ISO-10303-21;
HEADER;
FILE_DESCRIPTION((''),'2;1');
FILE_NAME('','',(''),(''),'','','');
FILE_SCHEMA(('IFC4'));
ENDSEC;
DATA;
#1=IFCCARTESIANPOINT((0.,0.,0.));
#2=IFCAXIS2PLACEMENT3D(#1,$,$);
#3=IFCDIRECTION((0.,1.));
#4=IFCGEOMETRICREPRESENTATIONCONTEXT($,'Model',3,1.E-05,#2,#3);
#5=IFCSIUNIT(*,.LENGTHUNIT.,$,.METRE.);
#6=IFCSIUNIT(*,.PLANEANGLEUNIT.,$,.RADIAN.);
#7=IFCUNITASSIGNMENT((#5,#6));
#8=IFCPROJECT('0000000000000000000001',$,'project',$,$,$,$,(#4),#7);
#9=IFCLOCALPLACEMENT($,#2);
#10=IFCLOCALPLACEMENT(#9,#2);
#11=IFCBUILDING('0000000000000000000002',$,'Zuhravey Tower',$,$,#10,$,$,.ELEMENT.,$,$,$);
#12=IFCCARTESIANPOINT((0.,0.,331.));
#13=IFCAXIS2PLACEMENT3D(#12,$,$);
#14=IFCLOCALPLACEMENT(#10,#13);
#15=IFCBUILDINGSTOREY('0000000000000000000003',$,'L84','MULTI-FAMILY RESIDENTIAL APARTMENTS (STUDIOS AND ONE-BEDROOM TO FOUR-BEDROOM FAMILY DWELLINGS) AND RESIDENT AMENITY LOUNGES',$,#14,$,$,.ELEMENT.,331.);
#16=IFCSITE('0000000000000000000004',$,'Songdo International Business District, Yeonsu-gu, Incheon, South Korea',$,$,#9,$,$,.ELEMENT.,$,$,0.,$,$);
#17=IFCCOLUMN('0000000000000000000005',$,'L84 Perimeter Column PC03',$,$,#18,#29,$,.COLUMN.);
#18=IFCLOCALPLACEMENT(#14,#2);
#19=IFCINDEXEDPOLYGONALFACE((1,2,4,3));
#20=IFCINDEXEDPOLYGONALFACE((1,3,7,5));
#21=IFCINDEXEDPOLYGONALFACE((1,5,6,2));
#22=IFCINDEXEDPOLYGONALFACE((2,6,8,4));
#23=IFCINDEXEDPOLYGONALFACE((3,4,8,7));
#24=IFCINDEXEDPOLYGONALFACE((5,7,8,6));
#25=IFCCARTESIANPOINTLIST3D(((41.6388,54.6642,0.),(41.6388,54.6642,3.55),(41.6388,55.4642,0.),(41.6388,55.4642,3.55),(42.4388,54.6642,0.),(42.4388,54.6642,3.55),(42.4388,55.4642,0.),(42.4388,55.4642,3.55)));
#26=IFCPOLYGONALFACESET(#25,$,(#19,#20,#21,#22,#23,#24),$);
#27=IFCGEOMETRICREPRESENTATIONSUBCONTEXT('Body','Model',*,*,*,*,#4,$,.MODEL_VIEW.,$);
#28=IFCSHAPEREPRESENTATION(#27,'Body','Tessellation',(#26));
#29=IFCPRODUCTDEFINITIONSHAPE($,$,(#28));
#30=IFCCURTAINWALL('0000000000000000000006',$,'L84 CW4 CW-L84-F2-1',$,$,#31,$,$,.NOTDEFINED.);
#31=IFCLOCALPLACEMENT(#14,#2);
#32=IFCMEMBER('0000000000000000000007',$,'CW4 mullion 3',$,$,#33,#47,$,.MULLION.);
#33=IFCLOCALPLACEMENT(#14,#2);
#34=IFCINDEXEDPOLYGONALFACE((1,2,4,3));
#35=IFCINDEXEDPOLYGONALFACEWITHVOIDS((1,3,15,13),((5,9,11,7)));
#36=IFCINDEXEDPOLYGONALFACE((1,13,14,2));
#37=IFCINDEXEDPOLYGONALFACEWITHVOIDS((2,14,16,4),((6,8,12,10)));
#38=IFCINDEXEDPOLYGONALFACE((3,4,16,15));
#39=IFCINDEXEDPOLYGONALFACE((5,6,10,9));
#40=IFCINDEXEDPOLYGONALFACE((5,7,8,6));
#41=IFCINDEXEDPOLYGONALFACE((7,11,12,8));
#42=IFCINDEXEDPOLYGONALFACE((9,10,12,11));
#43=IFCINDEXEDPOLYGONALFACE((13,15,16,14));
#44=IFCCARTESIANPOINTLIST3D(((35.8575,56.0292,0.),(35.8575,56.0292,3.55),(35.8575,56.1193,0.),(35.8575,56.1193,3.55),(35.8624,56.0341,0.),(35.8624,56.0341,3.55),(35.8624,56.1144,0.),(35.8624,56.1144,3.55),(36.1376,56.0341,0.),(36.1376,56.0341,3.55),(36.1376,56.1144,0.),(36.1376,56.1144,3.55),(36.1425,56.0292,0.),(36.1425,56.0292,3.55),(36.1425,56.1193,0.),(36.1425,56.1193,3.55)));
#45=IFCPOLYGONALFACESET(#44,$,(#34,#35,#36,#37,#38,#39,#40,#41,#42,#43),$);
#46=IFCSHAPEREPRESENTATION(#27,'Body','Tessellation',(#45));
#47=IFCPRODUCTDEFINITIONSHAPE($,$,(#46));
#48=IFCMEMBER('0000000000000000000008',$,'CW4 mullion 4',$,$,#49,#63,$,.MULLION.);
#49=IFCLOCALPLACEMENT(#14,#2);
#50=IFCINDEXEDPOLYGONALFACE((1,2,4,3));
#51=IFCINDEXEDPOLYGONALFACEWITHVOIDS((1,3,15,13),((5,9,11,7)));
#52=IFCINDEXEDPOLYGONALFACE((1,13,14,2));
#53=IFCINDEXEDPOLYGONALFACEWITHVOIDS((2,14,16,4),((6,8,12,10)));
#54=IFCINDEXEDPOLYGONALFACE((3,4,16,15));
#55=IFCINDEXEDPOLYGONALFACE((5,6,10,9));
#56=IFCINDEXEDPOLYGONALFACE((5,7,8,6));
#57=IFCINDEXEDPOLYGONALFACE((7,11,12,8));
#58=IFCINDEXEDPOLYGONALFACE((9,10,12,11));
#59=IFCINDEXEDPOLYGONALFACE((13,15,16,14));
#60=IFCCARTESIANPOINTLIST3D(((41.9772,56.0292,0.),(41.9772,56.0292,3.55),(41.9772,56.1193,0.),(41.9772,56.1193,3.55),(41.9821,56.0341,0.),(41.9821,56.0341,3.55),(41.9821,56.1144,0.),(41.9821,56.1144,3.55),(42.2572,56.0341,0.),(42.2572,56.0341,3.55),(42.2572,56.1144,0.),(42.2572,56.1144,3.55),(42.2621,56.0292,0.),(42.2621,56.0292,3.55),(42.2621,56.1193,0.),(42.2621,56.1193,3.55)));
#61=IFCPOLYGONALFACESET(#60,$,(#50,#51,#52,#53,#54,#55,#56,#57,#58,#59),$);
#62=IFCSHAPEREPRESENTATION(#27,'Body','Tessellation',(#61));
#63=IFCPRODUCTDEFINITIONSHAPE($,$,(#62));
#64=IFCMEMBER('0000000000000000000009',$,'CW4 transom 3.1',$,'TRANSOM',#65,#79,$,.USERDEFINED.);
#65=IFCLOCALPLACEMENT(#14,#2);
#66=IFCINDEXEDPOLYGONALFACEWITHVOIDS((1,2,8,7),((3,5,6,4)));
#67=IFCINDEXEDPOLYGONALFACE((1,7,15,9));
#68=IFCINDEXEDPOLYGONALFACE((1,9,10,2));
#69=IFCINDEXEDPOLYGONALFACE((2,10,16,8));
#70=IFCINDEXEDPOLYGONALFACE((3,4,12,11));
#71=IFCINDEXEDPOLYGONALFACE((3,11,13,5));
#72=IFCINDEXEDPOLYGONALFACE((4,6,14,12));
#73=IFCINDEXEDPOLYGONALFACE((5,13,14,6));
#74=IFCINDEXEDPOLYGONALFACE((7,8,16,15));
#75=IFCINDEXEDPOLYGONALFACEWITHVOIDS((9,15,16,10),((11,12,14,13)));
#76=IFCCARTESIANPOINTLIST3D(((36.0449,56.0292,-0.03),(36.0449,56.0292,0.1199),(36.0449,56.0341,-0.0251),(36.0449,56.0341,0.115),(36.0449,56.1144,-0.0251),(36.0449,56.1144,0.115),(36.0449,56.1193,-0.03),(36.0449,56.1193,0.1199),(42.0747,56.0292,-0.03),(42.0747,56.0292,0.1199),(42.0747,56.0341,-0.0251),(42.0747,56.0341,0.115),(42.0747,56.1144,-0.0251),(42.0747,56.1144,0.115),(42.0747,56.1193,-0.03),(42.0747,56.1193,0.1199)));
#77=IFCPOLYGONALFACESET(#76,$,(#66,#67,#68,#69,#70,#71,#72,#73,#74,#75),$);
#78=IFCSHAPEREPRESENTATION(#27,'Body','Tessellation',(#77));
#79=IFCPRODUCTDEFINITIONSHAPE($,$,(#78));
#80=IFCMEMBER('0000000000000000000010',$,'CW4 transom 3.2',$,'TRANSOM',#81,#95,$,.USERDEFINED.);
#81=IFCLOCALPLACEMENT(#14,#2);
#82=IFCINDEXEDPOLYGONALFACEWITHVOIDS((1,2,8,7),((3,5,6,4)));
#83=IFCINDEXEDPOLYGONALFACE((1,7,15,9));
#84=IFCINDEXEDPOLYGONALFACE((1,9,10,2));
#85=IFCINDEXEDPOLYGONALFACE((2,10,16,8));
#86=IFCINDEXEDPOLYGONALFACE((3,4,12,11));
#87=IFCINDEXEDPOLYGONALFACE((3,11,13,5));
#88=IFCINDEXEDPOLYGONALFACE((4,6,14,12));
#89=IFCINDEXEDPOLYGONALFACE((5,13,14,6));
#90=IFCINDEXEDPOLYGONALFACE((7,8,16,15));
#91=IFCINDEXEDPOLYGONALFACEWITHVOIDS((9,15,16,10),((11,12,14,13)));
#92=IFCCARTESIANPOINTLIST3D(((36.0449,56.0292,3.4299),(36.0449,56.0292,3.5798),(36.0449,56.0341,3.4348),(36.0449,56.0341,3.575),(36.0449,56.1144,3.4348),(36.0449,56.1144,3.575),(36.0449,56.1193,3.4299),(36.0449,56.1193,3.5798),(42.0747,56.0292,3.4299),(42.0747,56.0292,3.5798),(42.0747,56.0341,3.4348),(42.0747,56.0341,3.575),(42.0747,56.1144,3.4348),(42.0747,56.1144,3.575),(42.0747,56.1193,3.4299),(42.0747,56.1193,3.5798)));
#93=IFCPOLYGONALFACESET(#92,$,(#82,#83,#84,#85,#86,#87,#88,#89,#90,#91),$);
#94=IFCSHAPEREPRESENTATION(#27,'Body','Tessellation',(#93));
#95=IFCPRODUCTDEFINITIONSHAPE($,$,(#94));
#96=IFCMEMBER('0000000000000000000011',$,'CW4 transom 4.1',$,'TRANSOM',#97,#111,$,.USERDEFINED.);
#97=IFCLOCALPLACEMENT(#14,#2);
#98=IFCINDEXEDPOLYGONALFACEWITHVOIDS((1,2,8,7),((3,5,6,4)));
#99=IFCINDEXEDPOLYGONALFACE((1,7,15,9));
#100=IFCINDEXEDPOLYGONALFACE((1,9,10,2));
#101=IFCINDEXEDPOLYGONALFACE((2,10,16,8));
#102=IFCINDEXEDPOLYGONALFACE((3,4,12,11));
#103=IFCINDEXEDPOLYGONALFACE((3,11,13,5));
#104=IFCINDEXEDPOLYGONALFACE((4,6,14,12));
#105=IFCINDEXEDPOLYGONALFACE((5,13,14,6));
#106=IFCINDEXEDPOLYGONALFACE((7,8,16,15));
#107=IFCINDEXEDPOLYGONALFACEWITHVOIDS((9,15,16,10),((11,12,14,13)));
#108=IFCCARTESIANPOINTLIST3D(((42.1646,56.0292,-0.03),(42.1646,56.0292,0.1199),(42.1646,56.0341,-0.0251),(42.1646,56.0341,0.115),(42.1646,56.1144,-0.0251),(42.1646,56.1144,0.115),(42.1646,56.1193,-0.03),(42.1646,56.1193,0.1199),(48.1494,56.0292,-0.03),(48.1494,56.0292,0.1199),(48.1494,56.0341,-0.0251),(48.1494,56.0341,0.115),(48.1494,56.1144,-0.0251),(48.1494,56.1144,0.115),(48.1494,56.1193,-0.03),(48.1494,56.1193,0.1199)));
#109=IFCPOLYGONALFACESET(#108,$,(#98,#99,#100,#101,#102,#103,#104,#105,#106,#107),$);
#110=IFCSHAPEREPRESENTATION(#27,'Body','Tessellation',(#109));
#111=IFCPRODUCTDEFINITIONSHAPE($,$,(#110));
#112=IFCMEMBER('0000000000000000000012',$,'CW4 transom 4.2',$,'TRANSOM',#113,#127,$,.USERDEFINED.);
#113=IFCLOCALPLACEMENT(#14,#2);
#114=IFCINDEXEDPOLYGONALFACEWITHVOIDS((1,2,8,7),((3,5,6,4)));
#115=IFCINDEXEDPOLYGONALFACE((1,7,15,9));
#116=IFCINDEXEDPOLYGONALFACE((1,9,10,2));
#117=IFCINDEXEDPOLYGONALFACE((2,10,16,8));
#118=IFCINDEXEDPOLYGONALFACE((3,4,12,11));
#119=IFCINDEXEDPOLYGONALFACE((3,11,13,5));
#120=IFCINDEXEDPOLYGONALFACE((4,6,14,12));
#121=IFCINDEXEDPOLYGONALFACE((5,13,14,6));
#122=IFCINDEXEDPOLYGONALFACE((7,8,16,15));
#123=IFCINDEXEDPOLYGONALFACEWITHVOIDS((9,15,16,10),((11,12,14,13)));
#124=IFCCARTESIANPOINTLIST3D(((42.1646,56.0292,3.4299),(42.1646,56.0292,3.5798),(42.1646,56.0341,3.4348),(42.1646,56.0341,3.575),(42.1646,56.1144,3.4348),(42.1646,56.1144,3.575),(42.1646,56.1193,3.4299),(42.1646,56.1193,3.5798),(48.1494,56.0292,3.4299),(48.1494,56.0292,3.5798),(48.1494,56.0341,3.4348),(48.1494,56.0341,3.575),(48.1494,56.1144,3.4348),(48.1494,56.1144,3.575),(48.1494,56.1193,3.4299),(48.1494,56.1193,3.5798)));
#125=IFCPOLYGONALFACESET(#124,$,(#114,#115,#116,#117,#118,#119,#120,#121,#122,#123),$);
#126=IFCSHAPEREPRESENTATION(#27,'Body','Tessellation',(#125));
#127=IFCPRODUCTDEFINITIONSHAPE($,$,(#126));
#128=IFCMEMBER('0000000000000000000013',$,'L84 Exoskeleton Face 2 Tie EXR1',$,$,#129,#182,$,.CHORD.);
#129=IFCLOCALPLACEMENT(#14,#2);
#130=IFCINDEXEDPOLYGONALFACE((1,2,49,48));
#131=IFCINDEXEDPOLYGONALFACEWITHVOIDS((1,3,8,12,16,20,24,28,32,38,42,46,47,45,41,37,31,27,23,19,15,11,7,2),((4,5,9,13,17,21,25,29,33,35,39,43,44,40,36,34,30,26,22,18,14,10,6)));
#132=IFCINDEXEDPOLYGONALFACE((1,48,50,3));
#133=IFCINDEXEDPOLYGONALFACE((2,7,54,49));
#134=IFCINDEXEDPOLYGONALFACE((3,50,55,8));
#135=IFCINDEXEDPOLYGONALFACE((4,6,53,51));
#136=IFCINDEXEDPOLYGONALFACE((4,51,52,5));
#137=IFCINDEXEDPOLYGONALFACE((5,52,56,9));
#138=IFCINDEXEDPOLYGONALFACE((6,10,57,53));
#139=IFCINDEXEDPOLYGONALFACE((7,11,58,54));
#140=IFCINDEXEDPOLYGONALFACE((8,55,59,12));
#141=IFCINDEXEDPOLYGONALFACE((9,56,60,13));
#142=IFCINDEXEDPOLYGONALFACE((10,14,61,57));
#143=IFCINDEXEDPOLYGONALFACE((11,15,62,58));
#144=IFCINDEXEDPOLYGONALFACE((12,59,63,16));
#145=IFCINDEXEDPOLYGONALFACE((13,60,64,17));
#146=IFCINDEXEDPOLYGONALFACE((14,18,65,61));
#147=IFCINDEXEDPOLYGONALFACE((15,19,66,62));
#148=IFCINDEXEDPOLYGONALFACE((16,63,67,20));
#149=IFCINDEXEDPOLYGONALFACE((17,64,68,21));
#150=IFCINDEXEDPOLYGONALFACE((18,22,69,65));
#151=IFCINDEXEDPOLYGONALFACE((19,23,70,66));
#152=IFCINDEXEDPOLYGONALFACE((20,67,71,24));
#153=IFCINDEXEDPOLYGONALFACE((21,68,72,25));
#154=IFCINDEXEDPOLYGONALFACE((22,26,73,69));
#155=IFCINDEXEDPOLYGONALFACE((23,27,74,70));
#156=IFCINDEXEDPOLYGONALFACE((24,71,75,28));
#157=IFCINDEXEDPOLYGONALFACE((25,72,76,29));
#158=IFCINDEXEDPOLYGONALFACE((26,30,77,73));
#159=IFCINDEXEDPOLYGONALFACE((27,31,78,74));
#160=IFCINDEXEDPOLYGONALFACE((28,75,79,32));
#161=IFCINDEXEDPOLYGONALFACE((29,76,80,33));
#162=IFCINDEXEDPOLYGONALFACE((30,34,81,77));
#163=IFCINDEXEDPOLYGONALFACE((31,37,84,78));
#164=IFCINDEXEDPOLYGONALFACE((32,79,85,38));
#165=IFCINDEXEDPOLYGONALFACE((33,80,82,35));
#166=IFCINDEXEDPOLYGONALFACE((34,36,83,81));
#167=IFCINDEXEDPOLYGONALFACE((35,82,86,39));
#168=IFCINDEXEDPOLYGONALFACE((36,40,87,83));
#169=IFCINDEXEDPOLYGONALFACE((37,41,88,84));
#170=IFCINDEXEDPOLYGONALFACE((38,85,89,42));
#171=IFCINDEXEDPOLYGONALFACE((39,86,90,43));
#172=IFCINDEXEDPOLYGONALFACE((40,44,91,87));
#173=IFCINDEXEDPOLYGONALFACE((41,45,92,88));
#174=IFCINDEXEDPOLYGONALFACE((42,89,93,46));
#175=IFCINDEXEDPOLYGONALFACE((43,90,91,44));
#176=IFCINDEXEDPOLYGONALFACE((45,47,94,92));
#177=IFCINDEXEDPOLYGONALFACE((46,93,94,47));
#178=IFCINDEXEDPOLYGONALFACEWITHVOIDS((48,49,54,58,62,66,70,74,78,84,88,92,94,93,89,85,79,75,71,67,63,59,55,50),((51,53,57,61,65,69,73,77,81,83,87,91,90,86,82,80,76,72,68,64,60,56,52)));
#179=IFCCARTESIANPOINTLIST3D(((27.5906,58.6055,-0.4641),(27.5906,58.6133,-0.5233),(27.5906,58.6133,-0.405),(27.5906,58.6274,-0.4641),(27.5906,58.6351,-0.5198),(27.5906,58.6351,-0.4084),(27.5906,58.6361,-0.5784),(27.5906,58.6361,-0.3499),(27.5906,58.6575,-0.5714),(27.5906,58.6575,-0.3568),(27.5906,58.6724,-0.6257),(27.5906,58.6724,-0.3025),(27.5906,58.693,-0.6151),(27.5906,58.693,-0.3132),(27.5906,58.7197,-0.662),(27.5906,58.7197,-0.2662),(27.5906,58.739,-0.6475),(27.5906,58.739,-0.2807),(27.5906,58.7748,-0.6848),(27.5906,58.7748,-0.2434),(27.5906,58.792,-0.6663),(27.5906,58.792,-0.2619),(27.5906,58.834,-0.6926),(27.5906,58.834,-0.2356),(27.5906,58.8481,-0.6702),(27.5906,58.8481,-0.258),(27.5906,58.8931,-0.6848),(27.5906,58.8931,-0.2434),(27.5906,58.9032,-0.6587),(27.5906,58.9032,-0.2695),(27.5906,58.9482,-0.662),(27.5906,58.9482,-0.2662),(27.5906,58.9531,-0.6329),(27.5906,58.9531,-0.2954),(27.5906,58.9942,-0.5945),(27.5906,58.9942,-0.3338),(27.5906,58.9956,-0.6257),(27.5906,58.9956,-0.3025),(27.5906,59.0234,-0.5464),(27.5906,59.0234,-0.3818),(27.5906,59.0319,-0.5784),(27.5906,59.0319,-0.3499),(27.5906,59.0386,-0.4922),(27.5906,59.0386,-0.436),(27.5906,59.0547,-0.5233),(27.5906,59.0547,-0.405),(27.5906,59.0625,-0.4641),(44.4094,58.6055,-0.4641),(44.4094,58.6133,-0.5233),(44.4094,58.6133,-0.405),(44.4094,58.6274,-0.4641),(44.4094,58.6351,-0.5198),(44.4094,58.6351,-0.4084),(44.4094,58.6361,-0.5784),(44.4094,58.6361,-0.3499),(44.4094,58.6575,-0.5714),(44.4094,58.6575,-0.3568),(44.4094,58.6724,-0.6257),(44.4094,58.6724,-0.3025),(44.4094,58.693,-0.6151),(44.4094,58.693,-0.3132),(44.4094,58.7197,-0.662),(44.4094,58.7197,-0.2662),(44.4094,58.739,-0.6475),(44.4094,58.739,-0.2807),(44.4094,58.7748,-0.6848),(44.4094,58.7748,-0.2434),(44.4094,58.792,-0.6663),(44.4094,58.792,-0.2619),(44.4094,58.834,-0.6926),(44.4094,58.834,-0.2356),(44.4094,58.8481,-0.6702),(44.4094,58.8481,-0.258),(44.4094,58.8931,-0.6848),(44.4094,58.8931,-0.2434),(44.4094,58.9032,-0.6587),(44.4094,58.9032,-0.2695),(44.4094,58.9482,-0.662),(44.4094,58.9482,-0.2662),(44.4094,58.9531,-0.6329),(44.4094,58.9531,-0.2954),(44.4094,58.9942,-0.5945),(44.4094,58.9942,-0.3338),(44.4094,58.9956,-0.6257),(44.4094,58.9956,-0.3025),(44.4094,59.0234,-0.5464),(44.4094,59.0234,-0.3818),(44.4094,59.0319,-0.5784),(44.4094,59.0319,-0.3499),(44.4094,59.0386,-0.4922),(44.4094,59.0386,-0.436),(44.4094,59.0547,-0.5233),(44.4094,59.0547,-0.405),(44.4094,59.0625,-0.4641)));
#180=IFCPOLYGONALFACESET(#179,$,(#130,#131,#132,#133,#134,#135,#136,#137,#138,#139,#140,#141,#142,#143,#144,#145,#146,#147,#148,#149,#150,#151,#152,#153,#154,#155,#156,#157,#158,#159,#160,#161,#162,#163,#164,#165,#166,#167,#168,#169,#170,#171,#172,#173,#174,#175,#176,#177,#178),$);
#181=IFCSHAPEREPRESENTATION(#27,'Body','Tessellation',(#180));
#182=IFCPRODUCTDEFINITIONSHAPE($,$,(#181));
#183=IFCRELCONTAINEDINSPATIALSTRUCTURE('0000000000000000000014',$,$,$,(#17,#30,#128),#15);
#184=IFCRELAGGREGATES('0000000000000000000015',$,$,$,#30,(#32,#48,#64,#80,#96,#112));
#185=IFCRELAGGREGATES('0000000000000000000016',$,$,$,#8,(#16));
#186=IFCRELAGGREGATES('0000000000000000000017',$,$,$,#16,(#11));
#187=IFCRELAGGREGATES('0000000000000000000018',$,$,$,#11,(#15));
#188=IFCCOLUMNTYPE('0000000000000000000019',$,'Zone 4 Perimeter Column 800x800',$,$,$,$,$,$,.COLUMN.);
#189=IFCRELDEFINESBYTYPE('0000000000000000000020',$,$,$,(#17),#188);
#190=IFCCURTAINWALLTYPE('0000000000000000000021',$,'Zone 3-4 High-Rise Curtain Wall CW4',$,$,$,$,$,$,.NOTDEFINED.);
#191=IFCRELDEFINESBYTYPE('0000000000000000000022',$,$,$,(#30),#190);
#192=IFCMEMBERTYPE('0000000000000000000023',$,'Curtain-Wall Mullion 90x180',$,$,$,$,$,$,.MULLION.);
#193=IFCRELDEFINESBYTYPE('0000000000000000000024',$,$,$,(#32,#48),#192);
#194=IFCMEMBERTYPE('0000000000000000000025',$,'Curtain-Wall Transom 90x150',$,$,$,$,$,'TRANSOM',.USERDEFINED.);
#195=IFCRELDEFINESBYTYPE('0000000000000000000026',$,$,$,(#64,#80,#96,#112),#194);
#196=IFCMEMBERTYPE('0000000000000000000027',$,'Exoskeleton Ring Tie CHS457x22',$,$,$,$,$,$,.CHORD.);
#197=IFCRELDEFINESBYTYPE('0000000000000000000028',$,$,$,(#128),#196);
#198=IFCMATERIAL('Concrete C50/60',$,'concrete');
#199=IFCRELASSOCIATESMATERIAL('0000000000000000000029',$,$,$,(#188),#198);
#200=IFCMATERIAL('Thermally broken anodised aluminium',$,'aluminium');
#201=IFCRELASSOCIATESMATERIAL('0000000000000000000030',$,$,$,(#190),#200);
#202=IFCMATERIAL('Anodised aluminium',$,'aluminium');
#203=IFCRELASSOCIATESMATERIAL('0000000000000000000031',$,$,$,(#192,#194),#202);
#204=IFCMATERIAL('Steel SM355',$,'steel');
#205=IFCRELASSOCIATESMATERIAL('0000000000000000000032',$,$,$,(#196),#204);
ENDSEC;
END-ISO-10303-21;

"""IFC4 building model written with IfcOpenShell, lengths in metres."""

from ifc_helpers import new_model, si_unit, direction, frame, origin, origin_2d, place, context, subcontext, project, spatial, rectangle, hollow_rectangle, hollow_circle, extrude, material, material_profile, profile_set, type_object, element, aggregate, save


model = new_model("IFC4")

# Units and contexts
model_context = context("Model", 3, precision=1e-05, world=origin(), true_north=direction((0.0, 1.0)))
body_context = subcontext(model_context, "Body", "Model", "MODEL_VIEW")
ifc_project = project(units=[si_unit("LENGTHUNIT", "METRE"), si_unit("PLANEANGLEUNIT", "RADIAN")], contexts=[model_context])

# Site, building, storey
site_placement = place(None, origin())
site = spatial("IfcSite", under=ifc_project, at=site_placement, Name="Songdo International Business District, Yeonsu-gu, Incheon, South Korea", CompositionType="ELEMENT", RefElevation=0.0)
building_placement = place(site_placement, origin())
building = spatial("IfcBuilding", under=site, at=building_placement, Name="Zuhravey Tower", CompositionType="ELEMENT")
storey_placement = place(building_placement, frame((0.0, 0.0, 331.0)))
storey = spatial("IfcBuildingStorey", under=building, at=storey_placement, Name="L84", Description="MULTI-FAMILY RESIDENTIAL APARTMENTS (STUDIOS AND ONE-BEDROOM TO FOUR-BEDROOM FAMILY DWELLINGS) AND RESIDENT AMENITY LOUNGES", CompositionType="ELEMENT", Elevation=331.0)

# Column
ifc_material_1 = material(Name="Concrete C50/60", Category="concrete")
ifc_material_profile_1 = material_profile(ifc_material_1, rectangle(XDim=0.8, YDim=0.8, at=origin_2d()), Name="RC-800x800")
ifc_profile_set_1 = profile_set([ifc_material_profile_1], Name="Concrete C50/60")
column_type = type_object("IfcColumnType", Name="Zone 4 Perimeter Column 800x800", PredefinedType="COLUMN", material=ifc_profile_set_1)
column_placement = place(storey_placement, frame((42.0388, 55.0642, 0.0), z_axis=(0.0, 0.0, 1.0), x_axis=(-1.0, 0.0, 0.0)))
element("IfcColumn", 1, at=column_placement, inside=storey, type_object=column_type, Name="L84 Perimeter Column PC03", PredefinedType="COLUMN", context=body_context, shape_type="SweptSolid", body=[
    extrude(rectangle(XDim=0.8, YDim=0.8, at=origin_2d()), origin(), (0.0, 0.0, 1.0), 3.55),
])

# Curtain wall, members
ifc_material_2 = material(Name="Thermally broken anodised aluminium", Category="aluminium")
curtain_wall_type = type_object("IfcCurtainWallType", Name="Zone 3-4 High-Rise Curtain Wall CW4", PredefinedType="NOTDEFINED", material=ifc_material_2)
curtain_wall_placement = place(storey_placement, origin())
curtain_wall = element("IfcCurtainWall", 2, at=curtain_wall_placement, inside=storey, type_object=curtain_wall_type, Name="L84 CW4 CW-L84-F2-1", PredefinedType="NOTDEFINED")
ifc_material_3 = material(Name="Anodised aluminium", Category="aluminium")
ifc_material_profile_2 = material_profile(ifc_material_3, hollow_rectangle(XDim=0.0901, YDim=0.2849, WallThickness=0.0049, at=origin_2d()), Name="ALU-RHS-90x285x5")
ifc_profile_set_2 = profile_set([ifc_material_profile_2], Name="Anodised aluminium")
member_type_1 = type_object("IfcMemberType", Name="Curtain-Wall Mullion 90x180", PredefinedType="MULLION", material=ifc_profile_set_2)
member_1_placement = place(storey_placement, frame((36.0, 56.0742, 0.0), z_axis=(0.0, 0.0, 1.0), x_axis=(0.0, 1.0, 0.0)))
member_1 = element("IfcMember", 3, at=member_1_placement, type_object=member_type_1, Name="CW4 mullion 3", PredefinedType="MULLION", context=body_context, shape_type="SweptSolid", body=[
    extrude(hollow_rectangle(XDim=0.0901, YDim=0.2849, WallThickness=0.0049, at=origin_2d()), origin(), (0.0, 0.0, 1.0), 3.55),
])
member_2_placement = place(storey_placement, frame((42.1196, 56.0742, 0.0), z_axis=(0.0, 0.0, 1.0), x_axis=(0.0, 1.0, 0.0)))
member_2 = element("IfcMember", 4, at=member_2_placement, type_object=member_type_1, Name="CW4 mullion 4", PredefinedType="MULLION", context=body_context, shape_type="SweptSolid", body=[
    extrude(hollow_rectangle(XDim=0.0901, YDim=0.2849, WallThickness=0.0049, at=origin_2d()), origin(), (0.0, 0.0, 1.0), 3.55),
])
ifc_material_profile_3 = material_profile(ifc_material_3, hollow_rectangle(XDim=0.0901, YDim=0.1499, WallThickness=0.0049, at=origin_2d()), Name="ALU-RHS-90x150x5")
ifc_profile_set_3 = profile_set([ifc_material_profile_3], Name="Anodised aluminium")
member_type_2 = type_object("IfcMemberType", Name="Curtain-Wall Transom 90x150", ElementType="TRANSOM", PredefinedType="USERDEFINED", material=ifc_profile_set_3)
member_3_placement = place(storey_placement, frame((36.0449, 56.0742, 0.0449), z_axis=(1.0, 0.0, 0.0), x_axis=(0.0, 1.0, 0.0)))
member_3 = element("IfcMember", 5, at=member_3_placement, type_object=member_type_2, Name="CW4 transom 3.1", ObjectType="TRANSOM", PredefinedType="USERDEFINED", context=body_context, shape_type="SweptSolid", body=[
    extrude(hollow_rectangle(XDim=0.0901, YDim=0.1499, WallThickness=0.0049, at=origin_2d()), origin(), (0.0, 0.0, 1.0), 6.0298),
])
member_4_placement = place(storey_placement, frame((36.0449, 56.0742, 3.5049), z_axis=(1.0, 0.0, 0.0), x_axis=(0.0, 1.0, 0.0)))
member_4 = element("IfcMember", 6, at=member_4_placement, type_object=member_type_2, Name="CW4 transom 3.2", ObjectType="TRANSOM", PredefinedType="USERDEFINED", context=body_context, shape_type="SweptSolid", body=[
    extrude(hollow_rectangle(XDim=0.0901, YDim=0.1499, WallThickness=0.0049, at=origin_2d()), origin(), (0.0, 0.0, 1.0), 6.0298),
])
member_5_placement = place(storey_placement, frame((42.1646, 56.0742, 0.0449), z_axis=(1.0, 0.0, 0.0), x_axis=(0.0, 1.0, 0.0)))
member_5 = element("IfcMember", 7, at=member_5_placement, type_object=member_type_2, Name="CW4 transom 4.1", ObjectType="TRANSOM", PredefinedType="USERDEFINED", context=body_context, shape_type="SweptSolid", body=[
    extrude(hollow_rectangle(XDim=0.0901, YDim=0.1499, WallThickness=0.0049, at=origin_2d()), origin(), (0.0, 0.0, 1.0), 5.9849),
])
member_6_placement = place(storey_placement, frame((42.1646, 56.0742, 3.5049), z_axis=(1.0, 0.0, 0.0), x_axis=(0.0, 1.0, 0.0)))
member_6 = element("IfcMember", 8, at=member_6_placement, type_object=member_type_2, Name="CW4 transom 4.2", ObjectType="TRANSOM", PredefinedType="USERDEFINED", context=body_context, shape_type="SweptSolid", body=[
    extrude(hollow_rectangle(XDim=0.0901, YDim=0.1499, WallThickness=0.0049, at=origin_2d()), origin(), (0.0, 0.0, 1.0), 5.9849),
])

# Member
ifc_material_4 = material(Name="Steel SM355", Category="steel")
ifc_material_profile_4 = material_profile(ifc_material_4, hollow_circle(Radius=0.2285, WallThickness=0.022, at=origin_2d()), Name="CHS-457.2x22")
ifc_profile_set_4 = profile_set([ifc_material_profile_4], Name="Steel SM355")
member_type_3 = type_object("IfcMemberType", Name="Exoskeleton Ring Tie CHS457x22", PredefinedType="CHORD", material=ifc_profile_set_4)
member_7_placement = place(storey_placement, frame((44.4094, 58.834, -0.4641), z_axis=(-1.0, 0.0, 0.0), x_axis=(0.0, -1.0, 0.0)))
element("IfcMember", 9, at=member_7_placement, inside=storey, type_object=member_type_3, Name="L84 Exoskeleton Face 2 Tie EXR1", PredefinedType="CHORD", context=body_context, shape_type="SweptSolid", body=[
    extrude(hollow_circle(Radius=0.2285, WallThickness=0.022, at=origin_2d()), origin(), (0.0, 0.0, 1.0), 16.8188),
])

aggregate(curtain_wall, [member_1, member_2, member_3, member_4, member_5, member_6])

save(model, "model.ifc")
